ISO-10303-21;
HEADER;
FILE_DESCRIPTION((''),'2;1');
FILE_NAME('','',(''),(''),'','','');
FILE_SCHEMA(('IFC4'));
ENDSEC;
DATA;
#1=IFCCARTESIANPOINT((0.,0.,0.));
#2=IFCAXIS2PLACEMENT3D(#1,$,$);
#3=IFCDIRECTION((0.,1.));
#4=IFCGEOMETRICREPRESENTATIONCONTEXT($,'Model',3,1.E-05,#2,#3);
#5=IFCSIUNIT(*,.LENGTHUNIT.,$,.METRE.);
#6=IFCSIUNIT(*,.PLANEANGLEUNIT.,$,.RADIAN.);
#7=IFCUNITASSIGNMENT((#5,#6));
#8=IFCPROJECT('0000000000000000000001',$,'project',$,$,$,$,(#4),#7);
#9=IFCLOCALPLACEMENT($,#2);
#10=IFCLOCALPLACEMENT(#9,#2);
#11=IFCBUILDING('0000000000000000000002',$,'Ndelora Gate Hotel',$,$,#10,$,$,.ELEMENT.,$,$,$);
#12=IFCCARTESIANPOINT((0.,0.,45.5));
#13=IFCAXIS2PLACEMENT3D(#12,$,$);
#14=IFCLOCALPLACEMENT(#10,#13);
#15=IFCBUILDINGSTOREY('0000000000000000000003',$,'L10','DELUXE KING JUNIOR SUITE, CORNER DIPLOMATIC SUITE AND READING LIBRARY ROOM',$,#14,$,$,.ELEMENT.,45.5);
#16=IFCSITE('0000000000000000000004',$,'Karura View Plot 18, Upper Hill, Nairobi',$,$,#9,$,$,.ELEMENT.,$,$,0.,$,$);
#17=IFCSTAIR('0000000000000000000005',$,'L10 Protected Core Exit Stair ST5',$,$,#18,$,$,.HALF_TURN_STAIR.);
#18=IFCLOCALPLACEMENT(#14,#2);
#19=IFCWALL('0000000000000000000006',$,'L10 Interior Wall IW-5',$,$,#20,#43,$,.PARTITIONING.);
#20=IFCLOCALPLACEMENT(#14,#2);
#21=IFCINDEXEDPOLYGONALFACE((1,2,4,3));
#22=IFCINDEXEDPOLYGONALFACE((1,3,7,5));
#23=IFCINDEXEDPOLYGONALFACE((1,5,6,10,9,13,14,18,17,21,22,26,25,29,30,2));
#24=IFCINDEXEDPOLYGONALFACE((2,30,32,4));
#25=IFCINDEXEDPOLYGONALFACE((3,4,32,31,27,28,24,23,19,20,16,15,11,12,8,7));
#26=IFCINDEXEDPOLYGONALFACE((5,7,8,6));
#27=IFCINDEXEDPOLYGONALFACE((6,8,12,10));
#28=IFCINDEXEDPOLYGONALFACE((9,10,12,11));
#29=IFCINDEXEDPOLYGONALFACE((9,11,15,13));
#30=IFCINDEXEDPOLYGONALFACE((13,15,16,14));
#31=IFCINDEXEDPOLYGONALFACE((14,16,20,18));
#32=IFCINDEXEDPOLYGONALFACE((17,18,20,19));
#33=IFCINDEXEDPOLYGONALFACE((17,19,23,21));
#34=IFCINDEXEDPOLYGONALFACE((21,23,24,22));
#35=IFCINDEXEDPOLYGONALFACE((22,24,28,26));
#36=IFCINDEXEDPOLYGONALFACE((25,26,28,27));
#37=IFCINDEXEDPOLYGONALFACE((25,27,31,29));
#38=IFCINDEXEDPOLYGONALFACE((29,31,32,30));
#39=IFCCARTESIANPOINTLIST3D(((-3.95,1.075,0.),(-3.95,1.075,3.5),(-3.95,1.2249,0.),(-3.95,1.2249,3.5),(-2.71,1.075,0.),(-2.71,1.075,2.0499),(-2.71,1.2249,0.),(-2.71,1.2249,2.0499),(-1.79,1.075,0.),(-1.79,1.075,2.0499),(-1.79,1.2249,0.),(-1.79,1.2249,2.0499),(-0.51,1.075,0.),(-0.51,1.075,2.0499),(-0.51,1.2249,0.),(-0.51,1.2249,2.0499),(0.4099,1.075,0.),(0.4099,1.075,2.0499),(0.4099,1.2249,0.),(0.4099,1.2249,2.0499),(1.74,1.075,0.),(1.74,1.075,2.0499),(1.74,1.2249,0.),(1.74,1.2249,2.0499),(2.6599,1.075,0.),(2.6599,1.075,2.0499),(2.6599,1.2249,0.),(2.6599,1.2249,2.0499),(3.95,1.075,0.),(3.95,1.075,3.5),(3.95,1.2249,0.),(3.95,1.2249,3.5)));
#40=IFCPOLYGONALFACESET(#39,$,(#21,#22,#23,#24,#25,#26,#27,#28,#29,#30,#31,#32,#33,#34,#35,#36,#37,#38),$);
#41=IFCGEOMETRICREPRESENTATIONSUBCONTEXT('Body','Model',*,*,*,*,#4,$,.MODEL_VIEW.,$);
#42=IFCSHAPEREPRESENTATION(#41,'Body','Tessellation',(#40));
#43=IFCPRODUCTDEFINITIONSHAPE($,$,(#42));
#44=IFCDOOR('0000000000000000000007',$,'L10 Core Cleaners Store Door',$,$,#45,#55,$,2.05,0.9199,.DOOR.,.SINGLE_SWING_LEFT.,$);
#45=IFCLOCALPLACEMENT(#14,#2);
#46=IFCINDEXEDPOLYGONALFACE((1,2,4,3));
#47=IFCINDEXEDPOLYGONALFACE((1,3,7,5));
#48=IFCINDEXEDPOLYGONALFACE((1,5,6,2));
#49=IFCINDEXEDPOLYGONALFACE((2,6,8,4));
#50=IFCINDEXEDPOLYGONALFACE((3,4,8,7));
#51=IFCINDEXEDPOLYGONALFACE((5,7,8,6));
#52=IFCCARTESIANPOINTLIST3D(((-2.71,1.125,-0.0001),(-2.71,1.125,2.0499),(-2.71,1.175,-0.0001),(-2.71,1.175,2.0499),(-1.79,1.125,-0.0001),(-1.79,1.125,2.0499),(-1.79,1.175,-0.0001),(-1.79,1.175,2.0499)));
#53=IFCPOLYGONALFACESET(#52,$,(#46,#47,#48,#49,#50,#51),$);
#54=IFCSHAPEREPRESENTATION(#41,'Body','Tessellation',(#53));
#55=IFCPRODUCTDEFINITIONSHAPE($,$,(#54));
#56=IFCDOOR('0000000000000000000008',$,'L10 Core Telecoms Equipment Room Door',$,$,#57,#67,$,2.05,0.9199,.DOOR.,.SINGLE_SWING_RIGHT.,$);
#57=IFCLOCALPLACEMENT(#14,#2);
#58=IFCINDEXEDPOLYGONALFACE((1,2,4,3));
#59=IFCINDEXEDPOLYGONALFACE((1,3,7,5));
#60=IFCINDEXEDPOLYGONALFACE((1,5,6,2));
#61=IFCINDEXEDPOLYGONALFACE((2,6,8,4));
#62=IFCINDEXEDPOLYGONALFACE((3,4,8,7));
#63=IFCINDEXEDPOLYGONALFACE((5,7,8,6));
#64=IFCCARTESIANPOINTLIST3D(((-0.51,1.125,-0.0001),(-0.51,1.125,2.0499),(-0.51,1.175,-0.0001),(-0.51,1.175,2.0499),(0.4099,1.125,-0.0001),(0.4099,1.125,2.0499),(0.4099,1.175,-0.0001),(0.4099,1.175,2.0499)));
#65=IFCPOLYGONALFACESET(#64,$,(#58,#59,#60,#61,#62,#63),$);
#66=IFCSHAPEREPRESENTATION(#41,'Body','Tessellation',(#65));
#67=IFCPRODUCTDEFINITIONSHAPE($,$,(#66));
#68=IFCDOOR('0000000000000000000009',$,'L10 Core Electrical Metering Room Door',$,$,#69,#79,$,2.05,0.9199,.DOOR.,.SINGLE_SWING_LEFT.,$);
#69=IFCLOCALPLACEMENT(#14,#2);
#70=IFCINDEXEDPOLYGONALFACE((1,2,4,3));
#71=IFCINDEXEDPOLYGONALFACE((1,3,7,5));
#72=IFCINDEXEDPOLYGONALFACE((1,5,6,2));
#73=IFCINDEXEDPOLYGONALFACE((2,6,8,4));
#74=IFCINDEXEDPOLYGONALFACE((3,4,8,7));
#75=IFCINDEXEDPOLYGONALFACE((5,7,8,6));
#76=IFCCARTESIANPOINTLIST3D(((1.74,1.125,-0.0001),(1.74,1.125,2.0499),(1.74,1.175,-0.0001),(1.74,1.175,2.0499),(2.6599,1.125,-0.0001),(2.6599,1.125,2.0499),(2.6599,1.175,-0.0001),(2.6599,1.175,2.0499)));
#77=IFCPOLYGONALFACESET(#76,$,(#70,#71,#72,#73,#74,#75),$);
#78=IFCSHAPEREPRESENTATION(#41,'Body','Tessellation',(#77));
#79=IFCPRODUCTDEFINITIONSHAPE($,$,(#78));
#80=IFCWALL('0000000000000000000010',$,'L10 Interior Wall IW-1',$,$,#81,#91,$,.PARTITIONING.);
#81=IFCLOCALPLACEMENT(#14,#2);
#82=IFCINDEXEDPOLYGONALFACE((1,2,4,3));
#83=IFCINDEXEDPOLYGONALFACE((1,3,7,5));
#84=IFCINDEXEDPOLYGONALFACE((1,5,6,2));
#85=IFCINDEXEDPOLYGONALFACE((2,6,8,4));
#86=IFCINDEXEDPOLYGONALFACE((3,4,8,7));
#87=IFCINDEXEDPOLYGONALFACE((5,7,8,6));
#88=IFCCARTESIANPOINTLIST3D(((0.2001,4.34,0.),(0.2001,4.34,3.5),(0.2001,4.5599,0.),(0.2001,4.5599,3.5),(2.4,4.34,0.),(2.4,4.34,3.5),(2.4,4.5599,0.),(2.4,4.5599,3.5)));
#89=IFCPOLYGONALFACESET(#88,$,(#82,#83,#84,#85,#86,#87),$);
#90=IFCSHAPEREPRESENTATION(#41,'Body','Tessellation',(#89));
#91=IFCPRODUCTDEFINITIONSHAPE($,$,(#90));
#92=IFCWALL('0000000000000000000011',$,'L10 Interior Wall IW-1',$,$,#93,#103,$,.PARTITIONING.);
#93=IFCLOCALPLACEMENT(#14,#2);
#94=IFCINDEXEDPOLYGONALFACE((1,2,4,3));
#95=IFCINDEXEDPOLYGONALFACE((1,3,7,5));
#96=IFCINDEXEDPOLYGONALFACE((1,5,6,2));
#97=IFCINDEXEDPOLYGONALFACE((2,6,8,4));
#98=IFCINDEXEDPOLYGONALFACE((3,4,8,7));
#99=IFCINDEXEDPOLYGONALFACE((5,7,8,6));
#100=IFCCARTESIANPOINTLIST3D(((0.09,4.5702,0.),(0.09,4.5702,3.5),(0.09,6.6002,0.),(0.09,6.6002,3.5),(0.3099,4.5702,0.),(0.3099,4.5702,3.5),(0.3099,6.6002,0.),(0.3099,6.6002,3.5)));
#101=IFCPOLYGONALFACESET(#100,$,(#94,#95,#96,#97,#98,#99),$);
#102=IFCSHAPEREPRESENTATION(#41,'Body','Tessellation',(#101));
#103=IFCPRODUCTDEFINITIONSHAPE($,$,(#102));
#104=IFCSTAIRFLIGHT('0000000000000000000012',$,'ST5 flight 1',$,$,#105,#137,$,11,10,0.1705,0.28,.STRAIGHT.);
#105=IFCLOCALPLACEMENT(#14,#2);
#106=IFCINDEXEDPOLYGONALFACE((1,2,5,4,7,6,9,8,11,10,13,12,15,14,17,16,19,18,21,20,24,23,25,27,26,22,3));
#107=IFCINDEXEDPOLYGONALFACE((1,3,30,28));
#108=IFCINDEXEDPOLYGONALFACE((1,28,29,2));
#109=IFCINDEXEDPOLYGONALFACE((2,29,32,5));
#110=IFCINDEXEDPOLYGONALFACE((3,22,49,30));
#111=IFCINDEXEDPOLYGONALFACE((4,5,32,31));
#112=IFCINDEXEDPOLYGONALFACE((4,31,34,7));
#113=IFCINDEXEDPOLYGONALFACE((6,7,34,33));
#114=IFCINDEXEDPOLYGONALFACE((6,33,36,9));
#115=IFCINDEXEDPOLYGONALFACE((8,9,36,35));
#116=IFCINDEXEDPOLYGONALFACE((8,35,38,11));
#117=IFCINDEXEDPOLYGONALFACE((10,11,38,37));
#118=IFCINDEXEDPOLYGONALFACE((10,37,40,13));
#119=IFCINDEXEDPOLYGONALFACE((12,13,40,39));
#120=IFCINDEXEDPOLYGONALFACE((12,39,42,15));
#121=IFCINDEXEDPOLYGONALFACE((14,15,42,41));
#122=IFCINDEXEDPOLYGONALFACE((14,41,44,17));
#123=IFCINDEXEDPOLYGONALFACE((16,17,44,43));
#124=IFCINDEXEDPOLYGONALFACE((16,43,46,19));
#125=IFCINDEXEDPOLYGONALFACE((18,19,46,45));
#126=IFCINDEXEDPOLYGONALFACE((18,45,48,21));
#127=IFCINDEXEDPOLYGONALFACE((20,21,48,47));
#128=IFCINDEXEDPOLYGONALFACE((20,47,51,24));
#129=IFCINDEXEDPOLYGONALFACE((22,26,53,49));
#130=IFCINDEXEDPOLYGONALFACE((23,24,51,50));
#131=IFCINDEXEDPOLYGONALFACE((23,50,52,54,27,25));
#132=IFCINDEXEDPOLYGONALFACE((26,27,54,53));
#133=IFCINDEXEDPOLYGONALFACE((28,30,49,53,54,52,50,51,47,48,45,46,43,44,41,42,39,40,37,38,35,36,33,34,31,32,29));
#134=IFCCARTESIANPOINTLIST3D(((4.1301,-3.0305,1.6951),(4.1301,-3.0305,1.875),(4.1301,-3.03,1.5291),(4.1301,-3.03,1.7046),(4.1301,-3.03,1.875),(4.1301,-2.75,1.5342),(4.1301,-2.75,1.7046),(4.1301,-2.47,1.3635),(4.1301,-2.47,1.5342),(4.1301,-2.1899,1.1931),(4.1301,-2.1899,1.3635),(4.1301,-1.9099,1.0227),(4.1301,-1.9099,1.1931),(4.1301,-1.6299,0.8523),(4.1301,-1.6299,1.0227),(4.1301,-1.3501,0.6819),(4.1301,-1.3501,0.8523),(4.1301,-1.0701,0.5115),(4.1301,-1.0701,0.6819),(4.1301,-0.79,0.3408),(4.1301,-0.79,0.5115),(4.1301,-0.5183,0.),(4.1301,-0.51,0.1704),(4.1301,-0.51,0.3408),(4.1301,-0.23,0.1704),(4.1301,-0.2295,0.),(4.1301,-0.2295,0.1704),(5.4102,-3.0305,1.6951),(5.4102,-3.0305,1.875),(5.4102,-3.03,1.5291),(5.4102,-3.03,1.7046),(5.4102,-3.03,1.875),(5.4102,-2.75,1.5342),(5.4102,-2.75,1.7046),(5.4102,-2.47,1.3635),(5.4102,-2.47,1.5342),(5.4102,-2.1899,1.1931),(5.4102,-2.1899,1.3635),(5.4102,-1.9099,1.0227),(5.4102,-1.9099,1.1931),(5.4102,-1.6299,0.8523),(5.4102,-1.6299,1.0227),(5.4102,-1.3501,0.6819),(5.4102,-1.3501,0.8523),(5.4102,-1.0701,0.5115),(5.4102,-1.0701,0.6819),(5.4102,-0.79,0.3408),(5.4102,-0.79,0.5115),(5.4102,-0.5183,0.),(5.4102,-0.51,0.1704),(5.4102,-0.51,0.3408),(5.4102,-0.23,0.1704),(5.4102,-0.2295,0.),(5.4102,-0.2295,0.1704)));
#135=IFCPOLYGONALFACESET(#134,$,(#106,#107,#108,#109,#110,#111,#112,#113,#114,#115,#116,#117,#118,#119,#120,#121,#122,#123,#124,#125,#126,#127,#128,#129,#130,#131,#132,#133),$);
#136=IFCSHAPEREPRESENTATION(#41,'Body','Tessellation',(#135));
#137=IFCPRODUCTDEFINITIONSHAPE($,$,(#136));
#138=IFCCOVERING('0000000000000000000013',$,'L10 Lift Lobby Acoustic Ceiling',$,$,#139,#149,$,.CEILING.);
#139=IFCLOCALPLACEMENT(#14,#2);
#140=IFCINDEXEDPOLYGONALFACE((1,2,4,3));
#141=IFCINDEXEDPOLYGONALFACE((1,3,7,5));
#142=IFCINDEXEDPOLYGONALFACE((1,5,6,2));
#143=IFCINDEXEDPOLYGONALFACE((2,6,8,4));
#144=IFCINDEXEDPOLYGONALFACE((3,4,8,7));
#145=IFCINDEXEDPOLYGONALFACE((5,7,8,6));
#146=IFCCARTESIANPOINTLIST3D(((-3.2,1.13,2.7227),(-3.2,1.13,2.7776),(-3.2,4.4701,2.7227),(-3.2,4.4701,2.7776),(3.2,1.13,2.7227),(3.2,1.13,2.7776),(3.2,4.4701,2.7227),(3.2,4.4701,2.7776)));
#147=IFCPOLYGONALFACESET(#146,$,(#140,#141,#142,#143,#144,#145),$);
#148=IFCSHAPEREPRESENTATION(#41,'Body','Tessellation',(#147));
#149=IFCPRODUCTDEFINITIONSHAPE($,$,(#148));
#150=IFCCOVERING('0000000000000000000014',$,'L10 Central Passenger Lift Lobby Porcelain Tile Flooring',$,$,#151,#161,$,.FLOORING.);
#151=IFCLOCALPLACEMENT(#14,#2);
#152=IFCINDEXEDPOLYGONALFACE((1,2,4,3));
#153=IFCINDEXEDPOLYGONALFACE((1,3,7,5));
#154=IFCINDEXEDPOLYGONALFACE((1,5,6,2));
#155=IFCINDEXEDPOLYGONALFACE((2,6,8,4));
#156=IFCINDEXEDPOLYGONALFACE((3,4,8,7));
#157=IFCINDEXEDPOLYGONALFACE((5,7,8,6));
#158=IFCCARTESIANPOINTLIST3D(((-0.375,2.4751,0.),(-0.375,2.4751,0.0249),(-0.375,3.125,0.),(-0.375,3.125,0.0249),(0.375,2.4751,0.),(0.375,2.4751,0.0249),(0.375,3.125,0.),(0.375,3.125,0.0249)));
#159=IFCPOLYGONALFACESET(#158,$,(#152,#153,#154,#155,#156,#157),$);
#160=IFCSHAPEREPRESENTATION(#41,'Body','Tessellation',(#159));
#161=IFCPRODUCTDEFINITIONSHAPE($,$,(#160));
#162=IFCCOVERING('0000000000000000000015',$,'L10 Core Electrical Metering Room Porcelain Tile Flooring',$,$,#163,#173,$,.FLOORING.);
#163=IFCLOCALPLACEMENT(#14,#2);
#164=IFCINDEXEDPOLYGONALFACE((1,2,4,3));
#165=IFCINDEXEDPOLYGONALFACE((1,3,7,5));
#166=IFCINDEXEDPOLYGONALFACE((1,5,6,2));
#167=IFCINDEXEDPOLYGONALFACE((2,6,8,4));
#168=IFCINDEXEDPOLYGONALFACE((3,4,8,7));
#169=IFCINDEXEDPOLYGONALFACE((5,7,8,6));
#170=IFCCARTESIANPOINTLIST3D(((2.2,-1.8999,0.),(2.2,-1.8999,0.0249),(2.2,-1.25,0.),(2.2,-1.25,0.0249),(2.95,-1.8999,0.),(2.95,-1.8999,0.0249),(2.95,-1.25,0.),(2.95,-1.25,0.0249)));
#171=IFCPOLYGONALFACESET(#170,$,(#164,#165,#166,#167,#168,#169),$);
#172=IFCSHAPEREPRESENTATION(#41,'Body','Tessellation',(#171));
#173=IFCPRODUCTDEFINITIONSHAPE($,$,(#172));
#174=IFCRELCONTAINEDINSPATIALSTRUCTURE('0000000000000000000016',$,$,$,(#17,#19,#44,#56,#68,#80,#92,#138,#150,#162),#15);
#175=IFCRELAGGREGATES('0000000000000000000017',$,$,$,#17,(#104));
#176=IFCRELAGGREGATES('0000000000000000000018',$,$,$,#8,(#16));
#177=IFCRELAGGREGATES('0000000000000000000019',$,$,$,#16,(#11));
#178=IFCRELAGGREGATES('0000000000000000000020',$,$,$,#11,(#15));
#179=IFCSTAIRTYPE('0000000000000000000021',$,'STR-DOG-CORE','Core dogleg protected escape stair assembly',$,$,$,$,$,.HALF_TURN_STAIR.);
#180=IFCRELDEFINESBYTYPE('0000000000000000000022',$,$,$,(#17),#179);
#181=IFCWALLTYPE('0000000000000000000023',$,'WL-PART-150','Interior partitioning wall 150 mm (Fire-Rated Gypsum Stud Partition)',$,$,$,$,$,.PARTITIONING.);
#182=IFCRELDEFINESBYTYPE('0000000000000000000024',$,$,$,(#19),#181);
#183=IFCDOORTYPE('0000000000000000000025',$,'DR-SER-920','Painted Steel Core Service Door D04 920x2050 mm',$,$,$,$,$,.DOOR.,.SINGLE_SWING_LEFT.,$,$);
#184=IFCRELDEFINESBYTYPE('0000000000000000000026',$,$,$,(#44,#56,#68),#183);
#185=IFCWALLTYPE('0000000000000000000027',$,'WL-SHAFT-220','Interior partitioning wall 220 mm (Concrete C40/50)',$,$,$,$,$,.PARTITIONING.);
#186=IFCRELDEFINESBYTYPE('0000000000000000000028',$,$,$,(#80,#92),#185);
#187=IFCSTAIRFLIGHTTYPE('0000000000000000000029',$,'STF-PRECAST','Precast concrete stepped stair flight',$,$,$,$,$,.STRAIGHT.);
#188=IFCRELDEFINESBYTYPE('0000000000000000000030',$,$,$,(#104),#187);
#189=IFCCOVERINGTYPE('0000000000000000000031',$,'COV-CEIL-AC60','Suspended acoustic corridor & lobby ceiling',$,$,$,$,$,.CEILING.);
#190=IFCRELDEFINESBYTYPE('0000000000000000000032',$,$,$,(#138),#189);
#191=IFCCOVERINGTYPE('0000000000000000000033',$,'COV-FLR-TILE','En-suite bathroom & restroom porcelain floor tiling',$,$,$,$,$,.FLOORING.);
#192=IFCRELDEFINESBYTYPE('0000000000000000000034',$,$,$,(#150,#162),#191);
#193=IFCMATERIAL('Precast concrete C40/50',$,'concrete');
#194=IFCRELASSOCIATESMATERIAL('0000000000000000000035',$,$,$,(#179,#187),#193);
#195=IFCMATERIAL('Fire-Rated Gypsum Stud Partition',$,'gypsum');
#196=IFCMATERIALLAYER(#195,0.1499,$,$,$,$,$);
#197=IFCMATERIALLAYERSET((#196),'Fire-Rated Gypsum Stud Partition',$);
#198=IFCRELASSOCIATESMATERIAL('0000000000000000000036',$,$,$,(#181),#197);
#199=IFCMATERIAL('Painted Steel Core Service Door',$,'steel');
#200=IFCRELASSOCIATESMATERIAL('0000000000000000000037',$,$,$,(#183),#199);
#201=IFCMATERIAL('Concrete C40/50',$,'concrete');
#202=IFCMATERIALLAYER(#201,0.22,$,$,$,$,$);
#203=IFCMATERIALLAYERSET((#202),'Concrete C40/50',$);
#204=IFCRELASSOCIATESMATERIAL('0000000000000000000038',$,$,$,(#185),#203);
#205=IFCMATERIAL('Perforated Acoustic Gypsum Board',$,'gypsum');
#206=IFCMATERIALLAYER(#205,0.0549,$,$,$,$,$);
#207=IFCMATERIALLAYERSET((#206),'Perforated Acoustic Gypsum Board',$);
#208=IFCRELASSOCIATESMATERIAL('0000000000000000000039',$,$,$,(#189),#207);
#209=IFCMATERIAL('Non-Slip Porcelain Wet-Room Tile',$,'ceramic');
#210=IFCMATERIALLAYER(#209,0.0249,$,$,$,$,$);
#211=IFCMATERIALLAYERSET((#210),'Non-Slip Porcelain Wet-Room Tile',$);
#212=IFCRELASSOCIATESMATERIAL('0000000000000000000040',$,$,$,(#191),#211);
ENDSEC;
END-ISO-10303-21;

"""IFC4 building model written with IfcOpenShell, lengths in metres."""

from ifc_helpers import new_model, si_unit, direction, frame, frame_2d, origin, origin_2d, place, context, subcontext, project, spatial, polyline, rectangle, outline, extrude, material, layer, layer_set, type_object, element, fill, aggregate, save


model = new_model("IFC4")

# Units and contexts
model_context = context("Model", 3, precision=1e-05, world=origin(), true_north=direction((0.0, 1.0)))
body_context = subcontext(model_context, "Body", "Model", "MODEL_VIEW")
ifc_project = project(units=[si_unit("LENGTHUNIT", "METRE"), si_unit("PLANEANGLEUNIT", "RADIAN")], contexts=[model_context])

# Site, building, storey
site_placement = place(None, origin())
site = spatial("IfcSite", under=ifc_project, at=site_placement, Name="Karura View Plot 18, Upper Hill, Nairobi", CompositionType="ELEMENT", RefElevation=0.0)
building_placement = place(site_placement, origin())
building = spatial("IfcBuilding", under=site, at=building_placement, Name="Ndelora Gate Hotel", CompositionType="ELEMENT")
storey_placement = place(building_placement, frame((0.0, 0.0, 45.5)))
storey = spatial("IfcBuildingStorey", under=building, at=storey_placement, Name="L10", Description="DELUXE KING JUNIOR SUITE, CORNER DIPLOMATIC SUITE AND READING LIBRARY ROOM", CompositionType="ELEMENT", Elevation=45.5)

# Stair
ifc_material_1 = material(Name="Precast concrete C40/50", Category="concrete")
stair_type = type_object("IfcStairType", Name="STR-DOG-CORE", Description="Core dogleg protected escape stair assembly", PredefinedType="HALF_TURN_STAIR", material=ifc_material_1)
stair_1_placement = place(storey_placement, origin())
stair_1 = element("IfcStair", 1, at=stair_1_placement, inside=storey, type_object=stair_type, Name="L10 Protected Core Exit Stair ST5", PredefinedType="HALF_TURN_STAIR")

# Shared definitions
ifc_material_2 = material(Name="Concrete C40/50", Category="concrete")

# Wall, openings, doors
ifc_material_3 = material(Name="Fire-Rated Gypsum Stud Partition", Category="gypsum")
ifc_layer_1 = layer(ifc_material_3, 0.1499)
ifc_layer_set_1 = layer_set([ifc_layer_1], Name="Fire-Rated Gypsum Stud Partition")
wall_type_1 = type_object("IfcWallType", Name="WL-PART-150", Description="Interior partitioning wall 150 mm (Fire-Rated Gypsum Stud Partition)", PredefinedType="PARTITIONING", material=ifc_layer_set_1)
wall_1_placement = place(storey_placement, frame((3.95, 1.1499, 0.0), z_axis=(0.0, 0.0, 1.0), x_axis=(-1.0, 0.0, 0.0)))
wall_1 = element("IfcWall", 2, at=wall_1_placement, inside=storey, type_object=wall_type_1, Name="L10 Interior Wall IW-5", PredefinedType="PARTITIONING", context=body_context, shape_type="SweptSolid", body=[
    extrude(rectangle(XDim=7.8999, YDim=0.1499, at=frame_2d((3.95, 0.0))), origin(), (0.0, 0.0, 1.0), 3.5),
])
opening_1_placement = place(wall_1_placement, frame((5.74, 0.0, 0.0)))
opening_1 = element("IfcOpeningElement", 3, at=opening_1_placement, cuts=wall_1, PredefinedType="OPENING", context=body_context, shape_type="SweptSolid", body=[
    extrude(rectangle(XDim=0.9199, YDim=2.05, at=frame_2d((0.46, 1.0249))), frame((0.0, 0.085, 0.0), z_axis=(0.0, -1.0, 0.0), x_axis=(1.0, 0.0, 0.0)), (0.0, 0.0, 1.0), 0.1699),
])
opening_2_placement = place(wall_1_placement, frame((3.54, 0.0, 0.0)))
opening_2 = element("IfcOpeningElement", 4, at=opening_2_placement, cuts=wall_1, PredefinedType="OPENING", context=body_context, shape_type="SweptSolid", body=[
    extrude(rectangle(XDim=0.9199, YDim=2.05, at=frame_2d((0.46, 1.0249))), frame((0.0, 0.085, 0.0), z_axis=(0.0, -1.0, 0.0), x_axis=(1.0, 0.0, 0.0)), (0.0, 0.0, 1.0), 0.1699),
])
opening_3_placement = place(wall_1_placement, frame((1.29, 0.0, 0.0)))
opening_3 = element("IfcOpeningElement", 5, at=opening_3_placement, cuts=wall_1, PredefinedType="OPENING", context=body_context, shape_type="SweptSolid", body=[
    extrude(rectangle(XDim=0.9199, YDim=2.05, at=frame_2d((0.46, 1.0249))), frame((0.0, 0.085, 0.0), z_axis=(0.0, -1.0, 0.0), x_axis=(1.0, 0.0, 0.0)), (0.0, 0.0, 1.0), 0.1699),
])
ifc_material_4 = material(Name="Painted Steel Core Service Door", Category="steel")
door_type_1 = type_object("IfcDoorType", Name="DR-SER-920", Description="Painted Steel Core Service Door D04 920x2050 mm", OperationType="SINGLE_SWING_LEFT", PredefinedType="DOOR", material=ifc_material_4)
door_1_placement = place(opening_1_placement, origin())
door_1 = element("IfcDoor", 6, at=door_1_placement, inside=storey, type_object=door_type_1, Name="L10 Core Cleaners Store Door", OperationType="SINGLE_SWING_LEFT", OverallHeight=2.05, OverallWidth=0.9199, PredefinedType="DOOR", context=body_context, shape_type="SweptSolid", body=[
    extrude(rectangle(XDim=0.9199, YDim=2.05, at=frame_2d((0.46, 1.0249))), frame((0.0, 0.0249, 0.0), z_axis=(0.0, -1.0, 0.0), x_axis=(1.0, 0.0, 0.0)), (0.0, 0.0, 1.0), 0.05),
])
fill(opening_1, door_1)
door_2_placement = place(opening_2_placement, origin())
door_2 = element("IfcDoor", 7, at=door_2_placement, inside=storey, type_object=door_type_1, Name="L10 Core Telecoms Equipment Room Door", OperationType="SINGLE_SWING_RIGHT", OverallHeight=2.05, OverallWidth=0.9199, PredefinedType="DOOR", context=body_context, shape_type="SweptSolid", body=[
    extrude(rectangle(XDim=0.9199, YDim=2.05, at=frame_2d((0.46, 1.0249))), frame((0.0, 0.0249, 0.0), z_axis=(0.0, -1.0, 0.0), x_axis=(1.0, 0.0, 0.0)), (0.0, 0.0, 1.0), 0.05),
])
fill(opening_2, door_2)
door_3_placement = place(opening_3_placement, origin())
door_3 = element("IfcDoor", 8, at=door_3_placement, inside=storey, type_object=door_type_1, Name="L10 Core Electrical Metering Room Door", OperationType="SINGLE_SWING_LEFT", OverallHeight=2.05, OverallWidth=0.9199, PredefinedType="DOOR", context=body_context, shape_type="SweptSolid", body=[
    extrude(rectangle(XDim=0.9199, YDim=2.05, at=frame_2d((0.46, 1.0249))), frame((0.0, 0.0249, 0.0), z_axis=(0.0, -1.0, 0.0), x_axis=(1.0, 0.0, 0.0)), (0.0, 0.0, 1.0), 0.05),
])
fill(opening_3, door_3)

# Shared definitions
ifc_layer_2 = layer(ifc_material_2, 0.22)
ifc_layer_set_2 = layer_set([ifc_layer_2], Name="Concrete C40/50")
wall_type_2 = type_object("IfcWallType", Name="WL-SHAFT-220", Description="Interior partitioning wall 220 mm (Concrete C40/50)", PredefinedType="PARTITIONING", material=ifc_layer_set_2)

# Walls
wall_2_placement = place(storey_placement, frame((0.2, 4.45, 0.0), z_axis=(0.0, 0.0, 1.0), x_axis=(1.0, 0.0, 0.0)))
element("IfcWall", 9, at=wall_2_placement, inside=storey, type_object=wall_type_2, Name="L10 Interior Wall IW-1", PredefinedType="PARTITIONING", context=body_context, shape_type="SweptSolid", body=[
    extrude(rectangle(XDim=2.2, YDim=0.22, at=frame_2d((1.1001, 0.0))), origin(), (0.0, 0.0, 1.0), 3.5),
])
wall_3_placement = place(storey_placement, frame((0.2, 4.5701, 0.0), z_axis=(0.0, 0.0, 1.0), x_axis=(0.0, 1.0, 0.0)))
element("IfcWall", 10, at=wall_3_placement, inside=storey, type_object=wall_type_2, Name="L10 Interior Wall IW-1", PredefinedType="PARTITIONING", context=body_context, shape_type="SweptSolid", body=[
    extrude(rectangle(XDim=2.03, YDim=0.22, at=frame_2d((1.0151, 0.0))), origin(), (0.0, 0.0, 1.0), 3.5),
])

# Stair flight
stair_flight_type = type_object("IfcStairFlightType", Name="STF-PRECAST", Description="Precast concrete stepped stair flight", PredefinedType="STRAIGHT", material=ifc_material_1)
stair_flight_placement = place(storey_placement, frame((4.77, -0.23, 0.0), z_axis=(0.0, 0.0, 1.0), x_axis=(0.0, -1.0, 0.0)))
stair_flight = element("IfcStairFlight", 11, at=stair_flight_placement, type_object=stair_flight_type, Name="ST5 flight 1", NumberOfRisers=11, NumberOfTreads=10, PredefinedType="STRAIGHT", RiserHeight=0.1705, TreadLength=0.28, context=body_context, shape_type="SweptSolid", body=[
    extrude(outline(polyline([(-0.0005, 0.0), (-0.0005, 0.1704), (0.0, 0.1704), (0.28, 0.1704), (0.28, 0.3408), (0.5601, 0.3408), (0.5601, 0.5115), (0.8401, 0.5115), (0.8401, 0.6819), (1.1201, 0.6819), (1.1201, 0.8523), (1.3999, 0.8523), (1.3999, 1.0227), (1.6799, 1.0227), (1.6799, 1.1931), (1.96, 1.1931), (1.96, 1.3635), (2.24, 1.3635), (2.24, 1.5342), (2.52, 1.5342), (2.52, 1.7046), (2.8, 1.7046), (2.8, 1.875), (2.8005, 1.875), (2.8005, 1.6951), (2.8, 1.5291), (0.2883, 0.0), (-0.0005, 0.0)])), frame((0.0, 0.6401, 0.0), z_axis=(0.0, -1.0, 0.0), x_axis=(1.0, 0.0, 0.0)), (0.0, 0.0, 1.0), 1.28),
])
aggregate(stair_1, [stair_flight])

# Coverings
ifc_material_5 = material(Name="Perforated Acoustic Gypsum Board", Category="gypsum")
ifc_layer_3 = layer(ifc_material_5, 0.0549)
ifc_layer_set_3 = layer_set([ifc_layer_3], Name="Perforated Acoustic Gypsum Board")
covering_type_1 = type_object("IfcCoveringType", Name="COV-CEIL-AC60", Description="Suspended acoustic corridor & lobby ceiling", PredefinedType="CEILING", material=ifc_layer_set_3)
covering_placement = place(storey_placement, frame((0.0, 2.8, 2.7227), z_axis=(0.0, 0.0, 1.0), x_axis=(1.0, 0.0, 0.0)))
element("IfcCovering", 12, at=covering_placement, inside=storey, type_object=covering_type_1, Name="L10 Lift Lobby Acoustic Ceiling", PredefinedType="CEILING", context=body_context, shape_type="SweptSolid", body=[
    extrude(rectangle(XDim=6.3999, YDim=3.3401, at=origin_2d()), origin(), (0.0, 0.0, 1.0), 0.0549),
])
ifc_material_6 = material(Name="Non-Slip Porcelain Wet-Room Tile", Category="ceramic")
ifc_layer_4 = layer(ifc_material_6, 0.0249)
ifc_layer_set_4 = layer_set([ifc_layer_4], Name="Non-Slip Porcelain Wet-Room Tile")
covering_type_2 = type_object("IfcCoveringType", Name="COV-FLR-TILE", Description="En-suite bathroom & restroom porcelain floor tiling", PredefinedType="FLOORING", material=ifc_layer_set_4)
for number, where, z_axis, x_axis, name in (
    (13, (0.0, 2.8, 0.0), (0.0, 0.0, 1.0), (1.0, 0.0, 0.0), "L10 Central Passenger Lift Lobby Porcelain Tile Flooring"),
    (14, (2.575, -1.575, 0.0), (0.0, 0.0, 1.0), (1.0, 0.0, 0.0), "L10 Core Electrical Metering Room Porcelain Tile Flooring"),
):
    element("IfcCovering", number, at=place(storey_placement, frame(where, z_axis=z_axis, x_axis=x_axis)), inside=storey, type_object=covering_type_2, Name=name, PredefinedType="FLOORING", context=body_context, shape_type="SweptSolid", body=[
        extrude(rectangle(XDim=0.75, YDim=0.6499, at=origin_2d()), origin(), (0.0, 0.0, 1.0), 0.0249),
    ])

save(model, "model.ifc")
